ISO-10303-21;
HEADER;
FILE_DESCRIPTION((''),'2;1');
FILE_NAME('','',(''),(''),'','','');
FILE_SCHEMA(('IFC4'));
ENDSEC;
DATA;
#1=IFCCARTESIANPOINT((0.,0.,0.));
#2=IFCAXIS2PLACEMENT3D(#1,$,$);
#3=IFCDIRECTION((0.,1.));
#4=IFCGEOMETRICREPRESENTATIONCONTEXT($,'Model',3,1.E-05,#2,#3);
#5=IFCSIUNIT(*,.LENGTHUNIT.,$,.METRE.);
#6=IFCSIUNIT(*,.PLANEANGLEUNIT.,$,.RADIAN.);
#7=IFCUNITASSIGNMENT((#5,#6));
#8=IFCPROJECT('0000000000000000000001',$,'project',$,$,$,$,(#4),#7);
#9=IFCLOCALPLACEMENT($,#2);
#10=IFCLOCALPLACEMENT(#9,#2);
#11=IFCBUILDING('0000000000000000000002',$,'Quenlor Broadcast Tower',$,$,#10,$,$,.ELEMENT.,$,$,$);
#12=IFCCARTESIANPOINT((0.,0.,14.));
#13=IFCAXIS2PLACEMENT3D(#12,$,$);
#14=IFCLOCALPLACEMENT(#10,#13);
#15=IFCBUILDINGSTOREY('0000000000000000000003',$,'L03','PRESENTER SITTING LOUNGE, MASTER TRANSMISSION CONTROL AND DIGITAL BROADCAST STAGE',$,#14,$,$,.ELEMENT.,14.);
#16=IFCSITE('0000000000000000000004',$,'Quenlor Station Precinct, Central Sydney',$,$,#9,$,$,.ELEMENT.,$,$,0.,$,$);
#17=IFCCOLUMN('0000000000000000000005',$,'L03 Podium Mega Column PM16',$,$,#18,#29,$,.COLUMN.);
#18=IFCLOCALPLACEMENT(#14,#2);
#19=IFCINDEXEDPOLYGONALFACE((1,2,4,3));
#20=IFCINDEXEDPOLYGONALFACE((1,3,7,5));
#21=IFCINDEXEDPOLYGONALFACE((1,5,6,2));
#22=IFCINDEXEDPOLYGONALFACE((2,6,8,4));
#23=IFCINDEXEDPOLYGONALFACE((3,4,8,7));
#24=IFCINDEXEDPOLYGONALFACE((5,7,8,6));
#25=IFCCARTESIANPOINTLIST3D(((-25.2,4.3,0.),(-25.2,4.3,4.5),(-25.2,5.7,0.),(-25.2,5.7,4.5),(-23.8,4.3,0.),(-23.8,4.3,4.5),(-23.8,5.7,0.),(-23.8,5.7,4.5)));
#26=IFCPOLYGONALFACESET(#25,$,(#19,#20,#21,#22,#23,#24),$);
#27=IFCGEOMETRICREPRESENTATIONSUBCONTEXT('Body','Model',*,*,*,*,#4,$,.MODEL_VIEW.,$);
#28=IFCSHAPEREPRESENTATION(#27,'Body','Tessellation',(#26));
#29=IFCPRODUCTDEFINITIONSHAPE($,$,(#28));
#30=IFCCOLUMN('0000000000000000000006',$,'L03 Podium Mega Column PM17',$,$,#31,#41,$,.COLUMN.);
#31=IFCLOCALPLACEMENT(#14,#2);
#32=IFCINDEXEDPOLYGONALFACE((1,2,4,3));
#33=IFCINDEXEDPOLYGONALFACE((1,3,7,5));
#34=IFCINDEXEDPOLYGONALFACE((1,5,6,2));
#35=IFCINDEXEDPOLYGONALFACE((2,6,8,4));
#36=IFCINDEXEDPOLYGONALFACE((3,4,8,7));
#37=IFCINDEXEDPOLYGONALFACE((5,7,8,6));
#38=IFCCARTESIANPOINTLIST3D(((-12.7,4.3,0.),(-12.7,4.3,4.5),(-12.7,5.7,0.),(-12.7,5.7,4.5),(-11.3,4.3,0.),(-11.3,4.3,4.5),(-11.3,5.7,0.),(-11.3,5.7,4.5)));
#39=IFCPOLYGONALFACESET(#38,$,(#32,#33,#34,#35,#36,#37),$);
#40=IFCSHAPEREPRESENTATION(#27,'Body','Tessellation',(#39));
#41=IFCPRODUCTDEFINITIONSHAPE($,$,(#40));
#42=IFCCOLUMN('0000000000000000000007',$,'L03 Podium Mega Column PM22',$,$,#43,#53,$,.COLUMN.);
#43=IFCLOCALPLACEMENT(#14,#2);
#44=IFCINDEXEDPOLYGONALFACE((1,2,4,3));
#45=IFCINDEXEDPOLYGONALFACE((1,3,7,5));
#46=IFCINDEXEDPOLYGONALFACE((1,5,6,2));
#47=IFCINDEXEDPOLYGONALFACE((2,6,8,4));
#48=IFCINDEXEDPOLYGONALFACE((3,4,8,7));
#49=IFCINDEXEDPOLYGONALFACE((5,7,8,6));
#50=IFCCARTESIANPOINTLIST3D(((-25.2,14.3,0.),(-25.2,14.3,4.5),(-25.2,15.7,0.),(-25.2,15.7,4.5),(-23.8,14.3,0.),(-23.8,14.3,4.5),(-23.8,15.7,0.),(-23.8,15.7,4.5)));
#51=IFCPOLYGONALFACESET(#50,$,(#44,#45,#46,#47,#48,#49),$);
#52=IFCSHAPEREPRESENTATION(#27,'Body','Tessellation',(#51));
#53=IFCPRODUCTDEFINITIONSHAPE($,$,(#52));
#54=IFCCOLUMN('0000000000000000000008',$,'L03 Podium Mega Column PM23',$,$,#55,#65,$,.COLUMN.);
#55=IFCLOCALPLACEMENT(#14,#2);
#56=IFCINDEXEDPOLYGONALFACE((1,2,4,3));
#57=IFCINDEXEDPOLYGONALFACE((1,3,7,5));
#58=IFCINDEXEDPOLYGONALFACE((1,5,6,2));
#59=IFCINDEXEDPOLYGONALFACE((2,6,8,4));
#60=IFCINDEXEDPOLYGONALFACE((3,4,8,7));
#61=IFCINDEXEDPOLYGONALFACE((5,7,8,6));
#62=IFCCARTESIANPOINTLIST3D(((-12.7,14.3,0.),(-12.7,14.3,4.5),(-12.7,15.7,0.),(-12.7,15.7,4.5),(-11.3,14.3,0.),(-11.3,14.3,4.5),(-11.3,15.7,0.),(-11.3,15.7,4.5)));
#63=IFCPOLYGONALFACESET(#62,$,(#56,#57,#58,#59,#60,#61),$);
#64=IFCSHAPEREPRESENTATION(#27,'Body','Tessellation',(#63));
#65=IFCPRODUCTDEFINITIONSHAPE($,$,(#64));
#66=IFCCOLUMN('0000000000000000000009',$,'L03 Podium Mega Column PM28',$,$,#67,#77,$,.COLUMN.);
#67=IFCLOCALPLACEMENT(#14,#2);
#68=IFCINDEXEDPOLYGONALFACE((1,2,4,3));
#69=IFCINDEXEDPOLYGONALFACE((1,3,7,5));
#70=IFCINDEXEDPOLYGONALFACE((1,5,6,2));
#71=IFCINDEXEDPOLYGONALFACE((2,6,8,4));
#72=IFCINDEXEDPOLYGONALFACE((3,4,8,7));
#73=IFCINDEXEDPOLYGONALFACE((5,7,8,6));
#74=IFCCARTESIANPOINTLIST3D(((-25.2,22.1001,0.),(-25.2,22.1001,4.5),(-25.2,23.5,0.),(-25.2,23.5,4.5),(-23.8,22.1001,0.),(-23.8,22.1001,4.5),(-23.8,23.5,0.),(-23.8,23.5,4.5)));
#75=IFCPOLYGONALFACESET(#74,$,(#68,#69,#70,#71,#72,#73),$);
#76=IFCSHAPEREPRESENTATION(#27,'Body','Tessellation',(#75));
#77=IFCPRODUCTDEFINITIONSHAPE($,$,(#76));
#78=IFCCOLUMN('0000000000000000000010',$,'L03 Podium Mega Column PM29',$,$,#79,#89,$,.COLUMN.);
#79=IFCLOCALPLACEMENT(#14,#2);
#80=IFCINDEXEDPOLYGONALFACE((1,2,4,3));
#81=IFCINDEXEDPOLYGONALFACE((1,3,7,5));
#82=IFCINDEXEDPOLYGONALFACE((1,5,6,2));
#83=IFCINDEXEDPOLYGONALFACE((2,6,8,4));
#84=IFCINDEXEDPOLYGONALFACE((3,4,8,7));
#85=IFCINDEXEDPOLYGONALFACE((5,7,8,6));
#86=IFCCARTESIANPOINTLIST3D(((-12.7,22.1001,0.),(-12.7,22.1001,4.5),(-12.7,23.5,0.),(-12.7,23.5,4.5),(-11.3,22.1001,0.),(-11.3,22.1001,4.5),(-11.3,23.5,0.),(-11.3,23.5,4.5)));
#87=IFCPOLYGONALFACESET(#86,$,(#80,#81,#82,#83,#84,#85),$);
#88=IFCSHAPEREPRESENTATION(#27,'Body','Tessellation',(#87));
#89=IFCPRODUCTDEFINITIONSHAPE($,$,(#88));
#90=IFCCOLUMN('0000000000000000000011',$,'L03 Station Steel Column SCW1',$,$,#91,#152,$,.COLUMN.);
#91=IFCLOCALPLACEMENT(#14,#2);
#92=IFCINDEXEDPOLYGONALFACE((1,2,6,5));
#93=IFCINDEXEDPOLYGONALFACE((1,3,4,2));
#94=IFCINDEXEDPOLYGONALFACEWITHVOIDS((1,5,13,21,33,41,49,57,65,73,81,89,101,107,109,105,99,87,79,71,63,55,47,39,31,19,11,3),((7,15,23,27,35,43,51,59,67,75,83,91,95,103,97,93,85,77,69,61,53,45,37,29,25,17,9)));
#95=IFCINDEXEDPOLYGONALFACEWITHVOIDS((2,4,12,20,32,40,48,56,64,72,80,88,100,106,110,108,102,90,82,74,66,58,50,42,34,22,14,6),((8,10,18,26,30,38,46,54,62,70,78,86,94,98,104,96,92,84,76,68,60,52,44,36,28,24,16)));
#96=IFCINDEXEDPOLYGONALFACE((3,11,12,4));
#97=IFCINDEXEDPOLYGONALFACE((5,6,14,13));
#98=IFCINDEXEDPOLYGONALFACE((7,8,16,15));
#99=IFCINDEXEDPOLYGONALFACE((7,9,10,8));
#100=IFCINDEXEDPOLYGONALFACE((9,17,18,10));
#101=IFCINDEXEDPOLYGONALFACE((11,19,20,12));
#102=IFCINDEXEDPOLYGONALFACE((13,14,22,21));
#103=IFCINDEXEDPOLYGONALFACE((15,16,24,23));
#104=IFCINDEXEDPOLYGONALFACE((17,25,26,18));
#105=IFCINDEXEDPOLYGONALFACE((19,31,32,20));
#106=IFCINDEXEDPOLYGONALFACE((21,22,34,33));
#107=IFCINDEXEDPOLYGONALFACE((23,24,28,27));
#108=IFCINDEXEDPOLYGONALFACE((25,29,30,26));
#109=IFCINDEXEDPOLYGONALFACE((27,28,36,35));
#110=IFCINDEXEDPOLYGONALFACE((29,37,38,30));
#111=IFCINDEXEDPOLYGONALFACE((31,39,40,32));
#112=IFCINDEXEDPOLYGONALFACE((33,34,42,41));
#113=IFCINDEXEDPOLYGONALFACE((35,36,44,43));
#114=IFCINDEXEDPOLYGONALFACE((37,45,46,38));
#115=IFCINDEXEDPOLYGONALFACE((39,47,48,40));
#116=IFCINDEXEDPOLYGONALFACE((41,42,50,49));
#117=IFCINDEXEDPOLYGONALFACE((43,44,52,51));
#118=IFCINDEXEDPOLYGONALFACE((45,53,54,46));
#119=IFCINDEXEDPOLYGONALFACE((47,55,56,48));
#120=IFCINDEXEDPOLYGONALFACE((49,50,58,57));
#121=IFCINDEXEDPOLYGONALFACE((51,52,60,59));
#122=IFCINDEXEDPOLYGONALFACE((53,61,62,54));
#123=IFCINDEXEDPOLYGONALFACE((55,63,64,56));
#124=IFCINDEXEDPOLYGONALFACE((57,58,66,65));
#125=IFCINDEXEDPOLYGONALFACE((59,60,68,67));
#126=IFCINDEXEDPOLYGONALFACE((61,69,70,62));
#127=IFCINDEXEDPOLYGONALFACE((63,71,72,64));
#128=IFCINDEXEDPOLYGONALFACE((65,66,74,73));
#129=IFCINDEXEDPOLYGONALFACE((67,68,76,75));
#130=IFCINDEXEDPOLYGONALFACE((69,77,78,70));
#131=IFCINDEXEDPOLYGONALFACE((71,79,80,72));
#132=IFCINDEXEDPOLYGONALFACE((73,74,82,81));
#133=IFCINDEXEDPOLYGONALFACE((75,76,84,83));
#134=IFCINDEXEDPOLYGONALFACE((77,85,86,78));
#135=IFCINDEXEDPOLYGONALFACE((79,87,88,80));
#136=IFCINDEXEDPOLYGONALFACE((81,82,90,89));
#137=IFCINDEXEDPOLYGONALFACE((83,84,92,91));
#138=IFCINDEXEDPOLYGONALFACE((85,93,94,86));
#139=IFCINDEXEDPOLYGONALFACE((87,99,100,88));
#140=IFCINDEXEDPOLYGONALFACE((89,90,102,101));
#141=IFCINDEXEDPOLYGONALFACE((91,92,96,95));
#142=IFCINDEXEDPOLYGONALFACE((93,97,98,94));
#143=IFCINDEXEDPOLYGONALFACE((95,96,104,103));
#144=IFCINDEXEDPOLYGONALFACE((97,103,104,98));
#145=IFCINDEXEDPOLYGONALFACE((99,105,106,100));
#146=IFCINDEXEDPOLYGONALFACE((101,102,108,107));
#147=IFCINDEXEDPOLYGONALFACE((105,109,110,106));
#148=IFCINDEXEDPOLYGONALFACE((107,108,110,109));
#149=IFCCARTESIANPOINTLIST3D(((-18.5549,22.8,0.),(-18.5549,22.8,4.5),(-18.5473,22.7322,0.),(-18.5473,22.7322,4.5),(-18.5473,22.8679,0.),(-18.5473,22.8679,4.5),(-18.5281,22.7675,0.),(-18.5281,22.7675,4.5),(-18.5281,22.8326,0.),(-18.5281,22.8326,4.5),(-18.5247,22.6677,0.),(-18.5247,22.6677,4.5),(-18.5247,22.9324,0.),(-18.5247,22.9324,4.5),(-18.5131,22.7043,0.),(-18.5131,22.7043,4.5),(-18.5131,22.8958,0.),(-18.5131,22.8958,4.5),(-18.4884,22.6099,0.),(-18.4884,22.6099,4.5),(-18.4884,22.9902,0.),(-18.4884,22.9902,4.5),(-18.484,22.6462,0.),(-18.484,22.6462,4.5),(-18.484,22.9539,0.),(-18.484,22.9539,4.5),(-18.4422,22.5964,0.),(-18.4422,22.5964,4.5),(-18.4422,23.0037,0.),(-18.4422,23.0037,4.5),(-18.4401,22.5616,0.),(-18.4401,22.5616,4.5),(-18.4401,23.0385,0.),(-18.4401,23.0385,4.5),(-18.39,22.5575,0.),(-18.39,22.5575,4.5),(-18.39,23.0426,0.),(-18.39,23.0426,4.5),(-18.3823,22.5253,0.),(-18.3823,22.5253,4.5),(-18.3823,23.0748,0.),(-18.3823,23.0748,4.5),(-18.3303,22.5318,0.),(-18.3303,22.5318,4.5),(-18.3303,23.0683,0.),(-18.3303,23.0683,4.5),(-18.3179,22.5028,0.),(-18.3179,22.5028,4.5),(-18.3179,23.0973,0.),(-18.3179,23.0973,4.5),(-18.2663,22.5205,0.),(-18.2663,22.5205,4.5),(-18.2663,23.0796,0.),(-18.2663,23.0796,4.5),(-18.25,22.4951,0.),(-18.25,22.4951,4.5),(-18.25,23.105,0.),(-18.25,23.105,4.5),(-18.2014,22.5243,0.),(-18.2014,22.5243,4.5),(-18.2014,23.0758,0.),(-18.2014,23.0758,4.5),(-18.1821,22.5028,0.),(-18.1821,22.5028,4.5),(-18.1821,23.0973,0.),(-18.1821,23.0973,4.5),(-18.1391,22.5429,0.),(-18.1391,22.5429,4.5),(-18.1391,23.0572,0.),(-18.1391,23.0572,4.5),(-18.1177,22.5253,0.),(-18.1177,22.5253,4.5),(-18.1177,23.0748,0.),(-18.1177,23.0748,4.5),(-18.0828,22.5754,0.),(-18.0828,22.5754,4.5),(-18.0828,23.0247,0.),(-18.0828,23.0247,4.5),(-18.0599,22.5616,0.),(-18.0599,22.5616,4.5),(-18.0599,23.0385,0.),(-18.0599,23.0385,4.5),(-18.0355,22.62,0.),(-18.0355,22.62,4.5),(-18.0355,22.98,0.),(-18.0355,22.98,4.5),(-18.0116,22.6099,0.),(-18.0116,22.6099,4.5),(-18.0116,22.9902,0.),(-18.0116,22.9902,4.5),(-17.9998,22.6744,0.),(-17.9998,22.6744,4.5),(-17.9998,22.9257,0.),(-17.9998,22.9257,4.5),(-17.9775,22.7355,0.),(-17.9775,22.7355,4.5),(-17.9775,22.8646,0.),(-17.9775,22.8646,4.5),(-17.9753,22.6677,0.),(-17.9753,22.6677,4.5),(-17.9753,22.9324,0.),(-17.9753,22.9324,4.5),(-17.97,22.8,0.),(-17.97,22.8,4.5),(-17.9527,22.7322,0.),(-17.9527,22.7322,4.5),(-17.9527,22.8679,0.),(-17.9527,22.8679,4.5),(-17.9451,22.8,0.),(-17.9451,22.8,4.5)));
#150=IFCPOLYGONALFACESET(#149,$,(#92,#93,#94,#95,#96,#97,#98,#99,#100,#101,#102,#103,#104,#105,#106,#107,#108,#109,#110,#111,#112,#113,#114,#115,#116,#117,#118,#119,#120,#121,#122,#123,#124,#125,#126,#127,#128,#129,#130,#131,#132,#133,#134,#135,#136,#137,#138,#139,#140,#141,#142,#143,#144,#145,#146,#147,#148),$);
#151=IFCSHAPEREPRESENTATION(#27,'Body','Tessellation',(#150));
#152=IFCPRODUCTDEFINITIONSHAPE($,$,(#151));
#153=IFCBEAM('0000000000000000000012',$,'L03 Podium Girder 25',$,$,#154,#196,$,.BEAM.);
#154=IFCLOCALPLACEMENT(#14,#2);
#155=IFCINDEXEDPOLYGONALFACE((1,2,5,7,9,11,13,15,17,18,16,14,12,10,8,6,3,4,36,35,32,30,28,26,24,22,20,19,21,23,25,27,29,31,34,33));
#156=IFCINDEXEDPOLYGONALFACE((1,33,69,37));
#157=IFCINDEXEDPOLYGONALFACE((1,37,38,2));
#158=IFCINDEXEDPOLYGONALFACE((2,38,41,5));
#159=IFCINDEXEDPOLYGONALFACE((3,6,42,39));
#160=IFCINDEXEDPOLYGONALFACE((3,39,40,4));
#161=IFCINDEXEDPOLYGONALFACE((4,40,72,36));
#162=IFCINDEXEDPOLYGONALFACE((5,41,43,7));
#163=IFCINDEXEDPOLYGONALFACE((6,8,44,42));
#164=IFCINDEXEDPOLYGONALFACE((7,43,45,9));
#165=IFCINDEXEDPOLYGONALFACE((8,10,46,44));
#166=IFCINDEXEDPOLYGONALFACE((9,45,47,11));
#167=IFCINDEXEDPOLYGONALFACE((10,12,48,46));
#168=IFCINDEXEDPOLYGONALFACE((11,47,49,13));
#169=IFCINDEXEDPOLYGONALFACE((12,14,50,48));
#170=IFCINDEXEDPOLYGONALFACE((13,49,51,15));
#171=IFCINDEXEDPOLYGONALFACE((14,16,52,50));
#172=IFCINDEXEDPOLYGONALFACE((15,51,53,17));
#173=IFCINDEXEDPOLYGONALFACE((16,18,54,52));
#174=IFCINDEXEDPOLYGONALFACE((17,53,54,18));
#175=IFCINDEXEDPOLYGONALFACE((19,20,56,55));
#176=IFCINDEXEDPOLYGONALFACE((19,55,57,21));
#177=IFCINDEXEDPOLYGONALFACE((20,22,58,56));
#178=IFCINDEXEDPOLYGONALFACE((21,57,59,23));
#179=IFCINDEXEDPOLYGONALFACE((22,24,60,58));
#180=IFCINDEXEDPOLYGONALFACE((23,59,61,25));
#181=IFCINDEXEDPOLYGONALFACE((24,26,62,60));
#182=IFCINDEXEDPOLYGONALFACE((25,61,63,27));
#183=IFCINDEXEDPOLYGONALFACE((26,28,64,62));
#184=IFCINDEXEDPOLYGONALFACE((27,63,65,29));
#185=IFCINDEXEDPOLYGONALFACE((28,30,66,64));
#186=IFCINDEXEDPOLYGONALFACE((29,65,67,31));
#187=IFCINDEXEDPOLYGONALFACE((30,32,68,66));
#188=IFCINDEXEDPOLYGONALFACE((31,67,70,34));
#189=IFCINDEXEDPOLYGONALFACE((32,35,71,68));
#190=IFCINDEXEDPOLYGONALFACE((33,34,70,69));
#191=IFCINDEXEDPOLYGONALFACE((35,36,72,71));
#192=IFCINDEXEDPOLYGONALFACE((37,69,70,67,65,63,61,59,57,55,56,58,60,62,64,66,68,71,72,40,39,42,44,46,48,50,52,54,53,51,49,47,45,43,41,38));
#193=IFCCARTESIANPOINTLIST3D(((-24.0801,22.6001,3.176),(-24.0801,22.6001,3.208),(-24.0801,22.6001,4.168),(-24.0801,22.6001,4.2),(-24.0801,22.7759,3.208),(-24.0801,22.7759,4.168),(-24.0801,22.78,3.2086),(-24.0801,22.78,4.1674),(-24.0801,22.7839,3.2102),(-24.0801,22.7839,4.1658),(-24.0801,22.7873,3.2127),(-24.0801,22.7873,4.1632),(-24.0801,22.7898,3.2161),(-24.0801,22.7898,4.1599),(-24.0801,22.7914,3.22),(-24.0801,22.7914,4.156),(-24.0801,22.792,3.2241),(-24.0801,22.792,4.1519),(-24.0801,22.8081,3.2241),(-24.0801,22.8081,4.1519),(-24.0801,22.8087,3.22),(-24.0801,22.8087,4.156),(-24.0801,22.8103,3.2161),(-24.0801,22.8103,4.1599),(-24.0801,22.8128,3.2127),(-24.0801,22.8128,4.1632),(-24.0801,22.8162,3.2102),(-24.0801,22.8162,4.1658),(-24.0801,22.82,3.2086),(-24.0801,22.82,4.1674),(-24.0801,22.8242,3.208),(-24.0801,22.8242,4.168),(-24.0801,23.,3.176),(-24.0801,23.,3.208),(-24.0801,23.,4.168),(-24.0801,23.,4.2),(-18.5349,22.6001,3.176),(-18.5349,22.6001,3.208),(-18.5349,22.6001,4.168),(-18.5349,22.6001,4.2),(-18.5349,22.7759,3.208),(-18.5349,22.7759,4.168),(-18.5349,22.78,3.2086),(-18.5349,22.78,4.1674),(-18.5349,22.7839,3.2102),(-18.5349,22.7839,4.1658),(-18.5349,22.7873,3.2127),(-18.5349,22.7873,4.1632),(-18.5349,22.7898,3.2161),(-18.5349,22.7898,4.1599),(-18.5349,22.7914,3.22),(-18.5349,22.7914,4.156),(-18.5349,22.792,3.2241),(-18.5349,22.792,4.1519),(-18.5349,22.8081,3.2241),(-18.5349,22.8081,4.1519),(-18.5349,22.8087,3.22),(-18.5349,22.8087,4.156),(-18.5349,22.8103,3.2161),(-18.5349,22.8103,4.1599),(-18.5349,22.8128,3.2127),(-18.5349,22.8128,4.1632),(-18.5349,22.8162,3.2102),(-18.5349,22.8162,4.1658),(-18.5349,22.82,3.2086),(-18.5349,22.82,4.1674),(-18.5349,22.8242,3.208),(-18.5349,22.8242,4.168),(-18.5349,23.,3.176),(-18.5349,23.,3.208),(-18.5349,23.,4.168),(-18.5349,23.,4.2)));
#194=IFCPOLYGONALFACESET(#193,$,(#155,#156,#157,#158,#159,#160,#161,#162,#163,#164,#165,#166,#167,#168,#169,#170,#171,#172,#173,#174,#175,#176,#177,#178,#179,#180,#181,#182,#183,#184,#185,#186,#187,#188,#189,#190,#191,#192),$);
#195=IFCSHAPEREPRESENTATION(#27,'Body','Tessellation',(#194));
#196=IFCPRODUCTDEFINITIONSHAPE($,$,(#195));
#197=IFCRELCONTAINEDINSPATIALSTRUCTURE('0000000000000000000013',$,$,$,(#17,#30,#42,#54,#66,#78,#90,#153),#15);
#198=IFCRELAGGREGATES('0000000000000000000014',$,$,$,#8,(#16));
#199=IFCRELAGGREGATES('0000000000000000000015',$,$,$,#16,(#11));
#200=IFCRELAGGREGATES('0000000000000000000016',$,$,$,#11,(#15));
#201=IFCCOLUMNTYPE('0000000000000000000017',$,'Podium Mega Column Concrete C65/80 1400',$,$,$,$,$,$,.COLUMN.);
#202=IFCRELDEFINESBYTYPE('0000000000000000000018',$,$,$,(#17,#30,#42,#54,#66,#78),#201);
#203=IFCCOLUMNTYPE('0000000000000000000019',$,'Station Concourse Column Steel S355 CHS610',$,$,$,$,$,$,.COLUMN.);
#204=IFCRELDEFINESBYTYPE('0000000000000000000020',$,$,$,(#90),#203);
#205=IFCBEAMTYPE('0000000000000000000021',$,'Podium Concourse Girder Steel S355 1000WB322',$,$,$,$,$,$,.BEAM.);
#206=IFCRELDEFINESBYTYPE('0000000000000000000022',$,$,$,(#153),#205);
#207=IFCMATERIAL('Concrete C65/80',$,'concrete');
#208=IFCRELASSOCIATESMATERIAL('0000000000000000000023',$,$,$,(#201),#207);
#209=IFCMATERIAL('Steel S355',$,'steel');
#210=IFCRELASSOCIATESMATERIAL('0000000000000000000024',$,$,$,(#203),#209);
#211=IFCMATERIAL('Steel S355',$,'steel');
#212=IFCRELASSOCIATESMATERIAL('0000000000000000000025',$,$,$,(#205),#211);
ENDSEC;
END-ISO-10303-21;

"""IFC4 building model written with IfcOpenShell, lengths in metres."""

from ifc_helpers import new_model, si_unit, direction, frame, origin, origin_2d, place, context, subcontext, project, spatial, rectangle, hollow_circle, i_section, extrude, material, material_profile, profile_set, type_object, element, save


model = new_model("IFC4")

# Units and contexts
model_context = context("Model", 3, precision=1e-05, world=origin(), true_north=direction((0.0, 1.0)))
body_context = subcontext(model_context, "Body", "Model", "MODEL_VIEW")
ifc_project = project(units=[si_unit("LENGTHUNIT", "METRE"), si_unit("PLANEANGLEUNIT", "RADIAN")], contexts=[model_context])

# Site, building, storey
site_placement = place(None, origin())
site = spatial("IfcSite", under=ifc_project, at=site_placement, Name="Quenlor Station Precinct, Central Sydney", CompositionType="ELEMENT", RefElevation=0.0)
building_placement = place(site_placement, origin())
building = spatial("IfcBuilding", under=site, at=building_placement, Name="Quenlor Broadcast Tower", CompositionType="ELEMENT")
storey_placement = place(building_placement, frame((0.0, 0.0, 14.0)))
storey = spatial("IfcBuildingStorey", under=building, at=storey_placement, Name="L03", Description="PRESENTER SITTING LOUNGE, MASTER TRANSMISSION CONTROL AND DIGITAL BROADCAST STAGE", CompositionType="ELEMENT", Elevation=14.0)

# Columns
ifc_material_1 = material(Name="Concrete C65/80", Category="concrete")
ifc_material_profile_1 = material_profile(ifc_material_1, rectangle(XDim=1.3999, YDim=1.3999, at=origin_2d()))
ifc_profile_set_1 = profile_set([ifc_material_profile_1], Name="Concrete C65/80 RC1400x1400")
column_type_1 = type_object("IfcColumnType", Name="Podium Mega Column Concrete C65/80 1400", PredefinedType="COLUMN", material=ifc_profile_set_1)
for number, where, z_axis, x_axis, name in (
    (1, (-24.5, 5.0, 0.0), (0.0, 0.0, 1.0), (1.0, 0.0, 0.0), "L03 Podium Mega Column PM16"),
    (2, (-12.0, 5.0, 0.0), (0.0, 0.0, 1.0), (1.0, 0.0, 0.0), "L03 Podium Mega Column PM17"),
    (3, (-24.5, 15.0, 0.0), (0.0, 0.0, 1.0), (1.0, 0.0, 0.0), "L03 Podium Mega Column PM22"),
    (4, (-12.0, 15.0, 0.0), (0.0, 0.0, 1.0), (1.0, 0.0, 0.0), "L03 Podium Mega Column PM23"),
    (5, (-24.5, 22.8, 0.0), (0.0, 0.0, 1.0), (1.0, 0.0, 0.0), "L03 Podium Mega Column PM28"),
    (6, (-12.0, 22.8, 0.0), (0.0, 0.0, 1.0), (1.0, 0.0, 0.0), "L03 Podium Mega Column PM29"),
):
    element("IfcColumn", number, at=place(storey_placement, frame(where, z_axis=z_axis, x_axis=x_axis)), inside=storey, type_object=column_type_1, Name=name, PredefinedType="COLUMN", context=body_context, shape_type="SweptSolid", body=[
        extrude(rectangle(XDim=1.3999, YDim=1.3999, at=origin_2d()), origin(), (0.0, 0.0, 1.0), 4.5),
    ])
ifc_material_2 = material(Name="Steel S355", Category="steel")
ifc_material_profile_2 = material_profile(ifc_material_2, hollow_circle(Radius=0.3049, WallThickness=0.0249, at=origin_2d()))
ifc_profile_set_2 = profile_set([ifc_material_profile_2], Name="Steel S355 CHS610x25")
column_type_2 = type_object("IfcColumnType", Name="Station Concourse Column Steel S355 CHS610", PredefinedType="COLUMN", material=ifc_profile_set_2)
column_placement = place(storey_placement, frame((-18.25, 22.8, 0.0), z_axis=(0.0, 0.0, 1.0), x_axis=(1.0, 0.0, 0.0)))
element("IfcColumn", 7, at=column_placement, inside=storey, type_object=column_type_2, Name="L03 Station Steel Column SCW1", PredefinedType="COLUMN", context=body_context, shape_type="SweptSolid", body=[
    extrude(hollow_circle(Radius=0.3049, WallThickness=0.0249, at=origin_2d()), origin(), (0.0, 0.0, 1.0), 4.5),
])

# Beam
ifc_material_3 = material(Name="Steel S355", Category="steel")
ifc_material_profile_3 = material_profile(ifc_material_3, i_section(OverallWidth=0.3999, OverallDepth=1.0239, WebThickness=0.0161, FlangeThickness=0.032, FilletRadius=0.0161, at=origin_2d()))
ifc_profile_set_3 = profile_set([ifc_material_profile_3], Name="Steel S355 1000WB322")
beam_type_1 = type_object("IfcBeamType", Name="Podium Concourse Girder Steel S355 1000WB322", PredefinedType="BEAM", material=ifc_profile_set_3)
for number, where, z_axis, x_axis, name in (
    (8, (-24.0801, 22.8, 3.688), (1.0, 0.0, 0.0), (0.0, 1.0, 0.0), "L03 Podium Girder 25"),
):
    element("IfcBeam", number, at=place(storey_placement, frame(where, z_axis=z_axis, x_axis=x_axis)), inside=storey, type_object=beam_type_1, Name=name, PredefinedType="BEAM", context=body_context, shape_type="SweptSolid", body=[
        extrude(i_section(OverallWidth=0.3999, OverallDepth=1.0239, WebThickness=0.0161, FlangeThickness=0.032, FilletRadius=0.0161, at=origin_2d()), origin(), (0.0, 0.0, 1.0), 5.5452),
    ])

save(model, "model.ifc")
